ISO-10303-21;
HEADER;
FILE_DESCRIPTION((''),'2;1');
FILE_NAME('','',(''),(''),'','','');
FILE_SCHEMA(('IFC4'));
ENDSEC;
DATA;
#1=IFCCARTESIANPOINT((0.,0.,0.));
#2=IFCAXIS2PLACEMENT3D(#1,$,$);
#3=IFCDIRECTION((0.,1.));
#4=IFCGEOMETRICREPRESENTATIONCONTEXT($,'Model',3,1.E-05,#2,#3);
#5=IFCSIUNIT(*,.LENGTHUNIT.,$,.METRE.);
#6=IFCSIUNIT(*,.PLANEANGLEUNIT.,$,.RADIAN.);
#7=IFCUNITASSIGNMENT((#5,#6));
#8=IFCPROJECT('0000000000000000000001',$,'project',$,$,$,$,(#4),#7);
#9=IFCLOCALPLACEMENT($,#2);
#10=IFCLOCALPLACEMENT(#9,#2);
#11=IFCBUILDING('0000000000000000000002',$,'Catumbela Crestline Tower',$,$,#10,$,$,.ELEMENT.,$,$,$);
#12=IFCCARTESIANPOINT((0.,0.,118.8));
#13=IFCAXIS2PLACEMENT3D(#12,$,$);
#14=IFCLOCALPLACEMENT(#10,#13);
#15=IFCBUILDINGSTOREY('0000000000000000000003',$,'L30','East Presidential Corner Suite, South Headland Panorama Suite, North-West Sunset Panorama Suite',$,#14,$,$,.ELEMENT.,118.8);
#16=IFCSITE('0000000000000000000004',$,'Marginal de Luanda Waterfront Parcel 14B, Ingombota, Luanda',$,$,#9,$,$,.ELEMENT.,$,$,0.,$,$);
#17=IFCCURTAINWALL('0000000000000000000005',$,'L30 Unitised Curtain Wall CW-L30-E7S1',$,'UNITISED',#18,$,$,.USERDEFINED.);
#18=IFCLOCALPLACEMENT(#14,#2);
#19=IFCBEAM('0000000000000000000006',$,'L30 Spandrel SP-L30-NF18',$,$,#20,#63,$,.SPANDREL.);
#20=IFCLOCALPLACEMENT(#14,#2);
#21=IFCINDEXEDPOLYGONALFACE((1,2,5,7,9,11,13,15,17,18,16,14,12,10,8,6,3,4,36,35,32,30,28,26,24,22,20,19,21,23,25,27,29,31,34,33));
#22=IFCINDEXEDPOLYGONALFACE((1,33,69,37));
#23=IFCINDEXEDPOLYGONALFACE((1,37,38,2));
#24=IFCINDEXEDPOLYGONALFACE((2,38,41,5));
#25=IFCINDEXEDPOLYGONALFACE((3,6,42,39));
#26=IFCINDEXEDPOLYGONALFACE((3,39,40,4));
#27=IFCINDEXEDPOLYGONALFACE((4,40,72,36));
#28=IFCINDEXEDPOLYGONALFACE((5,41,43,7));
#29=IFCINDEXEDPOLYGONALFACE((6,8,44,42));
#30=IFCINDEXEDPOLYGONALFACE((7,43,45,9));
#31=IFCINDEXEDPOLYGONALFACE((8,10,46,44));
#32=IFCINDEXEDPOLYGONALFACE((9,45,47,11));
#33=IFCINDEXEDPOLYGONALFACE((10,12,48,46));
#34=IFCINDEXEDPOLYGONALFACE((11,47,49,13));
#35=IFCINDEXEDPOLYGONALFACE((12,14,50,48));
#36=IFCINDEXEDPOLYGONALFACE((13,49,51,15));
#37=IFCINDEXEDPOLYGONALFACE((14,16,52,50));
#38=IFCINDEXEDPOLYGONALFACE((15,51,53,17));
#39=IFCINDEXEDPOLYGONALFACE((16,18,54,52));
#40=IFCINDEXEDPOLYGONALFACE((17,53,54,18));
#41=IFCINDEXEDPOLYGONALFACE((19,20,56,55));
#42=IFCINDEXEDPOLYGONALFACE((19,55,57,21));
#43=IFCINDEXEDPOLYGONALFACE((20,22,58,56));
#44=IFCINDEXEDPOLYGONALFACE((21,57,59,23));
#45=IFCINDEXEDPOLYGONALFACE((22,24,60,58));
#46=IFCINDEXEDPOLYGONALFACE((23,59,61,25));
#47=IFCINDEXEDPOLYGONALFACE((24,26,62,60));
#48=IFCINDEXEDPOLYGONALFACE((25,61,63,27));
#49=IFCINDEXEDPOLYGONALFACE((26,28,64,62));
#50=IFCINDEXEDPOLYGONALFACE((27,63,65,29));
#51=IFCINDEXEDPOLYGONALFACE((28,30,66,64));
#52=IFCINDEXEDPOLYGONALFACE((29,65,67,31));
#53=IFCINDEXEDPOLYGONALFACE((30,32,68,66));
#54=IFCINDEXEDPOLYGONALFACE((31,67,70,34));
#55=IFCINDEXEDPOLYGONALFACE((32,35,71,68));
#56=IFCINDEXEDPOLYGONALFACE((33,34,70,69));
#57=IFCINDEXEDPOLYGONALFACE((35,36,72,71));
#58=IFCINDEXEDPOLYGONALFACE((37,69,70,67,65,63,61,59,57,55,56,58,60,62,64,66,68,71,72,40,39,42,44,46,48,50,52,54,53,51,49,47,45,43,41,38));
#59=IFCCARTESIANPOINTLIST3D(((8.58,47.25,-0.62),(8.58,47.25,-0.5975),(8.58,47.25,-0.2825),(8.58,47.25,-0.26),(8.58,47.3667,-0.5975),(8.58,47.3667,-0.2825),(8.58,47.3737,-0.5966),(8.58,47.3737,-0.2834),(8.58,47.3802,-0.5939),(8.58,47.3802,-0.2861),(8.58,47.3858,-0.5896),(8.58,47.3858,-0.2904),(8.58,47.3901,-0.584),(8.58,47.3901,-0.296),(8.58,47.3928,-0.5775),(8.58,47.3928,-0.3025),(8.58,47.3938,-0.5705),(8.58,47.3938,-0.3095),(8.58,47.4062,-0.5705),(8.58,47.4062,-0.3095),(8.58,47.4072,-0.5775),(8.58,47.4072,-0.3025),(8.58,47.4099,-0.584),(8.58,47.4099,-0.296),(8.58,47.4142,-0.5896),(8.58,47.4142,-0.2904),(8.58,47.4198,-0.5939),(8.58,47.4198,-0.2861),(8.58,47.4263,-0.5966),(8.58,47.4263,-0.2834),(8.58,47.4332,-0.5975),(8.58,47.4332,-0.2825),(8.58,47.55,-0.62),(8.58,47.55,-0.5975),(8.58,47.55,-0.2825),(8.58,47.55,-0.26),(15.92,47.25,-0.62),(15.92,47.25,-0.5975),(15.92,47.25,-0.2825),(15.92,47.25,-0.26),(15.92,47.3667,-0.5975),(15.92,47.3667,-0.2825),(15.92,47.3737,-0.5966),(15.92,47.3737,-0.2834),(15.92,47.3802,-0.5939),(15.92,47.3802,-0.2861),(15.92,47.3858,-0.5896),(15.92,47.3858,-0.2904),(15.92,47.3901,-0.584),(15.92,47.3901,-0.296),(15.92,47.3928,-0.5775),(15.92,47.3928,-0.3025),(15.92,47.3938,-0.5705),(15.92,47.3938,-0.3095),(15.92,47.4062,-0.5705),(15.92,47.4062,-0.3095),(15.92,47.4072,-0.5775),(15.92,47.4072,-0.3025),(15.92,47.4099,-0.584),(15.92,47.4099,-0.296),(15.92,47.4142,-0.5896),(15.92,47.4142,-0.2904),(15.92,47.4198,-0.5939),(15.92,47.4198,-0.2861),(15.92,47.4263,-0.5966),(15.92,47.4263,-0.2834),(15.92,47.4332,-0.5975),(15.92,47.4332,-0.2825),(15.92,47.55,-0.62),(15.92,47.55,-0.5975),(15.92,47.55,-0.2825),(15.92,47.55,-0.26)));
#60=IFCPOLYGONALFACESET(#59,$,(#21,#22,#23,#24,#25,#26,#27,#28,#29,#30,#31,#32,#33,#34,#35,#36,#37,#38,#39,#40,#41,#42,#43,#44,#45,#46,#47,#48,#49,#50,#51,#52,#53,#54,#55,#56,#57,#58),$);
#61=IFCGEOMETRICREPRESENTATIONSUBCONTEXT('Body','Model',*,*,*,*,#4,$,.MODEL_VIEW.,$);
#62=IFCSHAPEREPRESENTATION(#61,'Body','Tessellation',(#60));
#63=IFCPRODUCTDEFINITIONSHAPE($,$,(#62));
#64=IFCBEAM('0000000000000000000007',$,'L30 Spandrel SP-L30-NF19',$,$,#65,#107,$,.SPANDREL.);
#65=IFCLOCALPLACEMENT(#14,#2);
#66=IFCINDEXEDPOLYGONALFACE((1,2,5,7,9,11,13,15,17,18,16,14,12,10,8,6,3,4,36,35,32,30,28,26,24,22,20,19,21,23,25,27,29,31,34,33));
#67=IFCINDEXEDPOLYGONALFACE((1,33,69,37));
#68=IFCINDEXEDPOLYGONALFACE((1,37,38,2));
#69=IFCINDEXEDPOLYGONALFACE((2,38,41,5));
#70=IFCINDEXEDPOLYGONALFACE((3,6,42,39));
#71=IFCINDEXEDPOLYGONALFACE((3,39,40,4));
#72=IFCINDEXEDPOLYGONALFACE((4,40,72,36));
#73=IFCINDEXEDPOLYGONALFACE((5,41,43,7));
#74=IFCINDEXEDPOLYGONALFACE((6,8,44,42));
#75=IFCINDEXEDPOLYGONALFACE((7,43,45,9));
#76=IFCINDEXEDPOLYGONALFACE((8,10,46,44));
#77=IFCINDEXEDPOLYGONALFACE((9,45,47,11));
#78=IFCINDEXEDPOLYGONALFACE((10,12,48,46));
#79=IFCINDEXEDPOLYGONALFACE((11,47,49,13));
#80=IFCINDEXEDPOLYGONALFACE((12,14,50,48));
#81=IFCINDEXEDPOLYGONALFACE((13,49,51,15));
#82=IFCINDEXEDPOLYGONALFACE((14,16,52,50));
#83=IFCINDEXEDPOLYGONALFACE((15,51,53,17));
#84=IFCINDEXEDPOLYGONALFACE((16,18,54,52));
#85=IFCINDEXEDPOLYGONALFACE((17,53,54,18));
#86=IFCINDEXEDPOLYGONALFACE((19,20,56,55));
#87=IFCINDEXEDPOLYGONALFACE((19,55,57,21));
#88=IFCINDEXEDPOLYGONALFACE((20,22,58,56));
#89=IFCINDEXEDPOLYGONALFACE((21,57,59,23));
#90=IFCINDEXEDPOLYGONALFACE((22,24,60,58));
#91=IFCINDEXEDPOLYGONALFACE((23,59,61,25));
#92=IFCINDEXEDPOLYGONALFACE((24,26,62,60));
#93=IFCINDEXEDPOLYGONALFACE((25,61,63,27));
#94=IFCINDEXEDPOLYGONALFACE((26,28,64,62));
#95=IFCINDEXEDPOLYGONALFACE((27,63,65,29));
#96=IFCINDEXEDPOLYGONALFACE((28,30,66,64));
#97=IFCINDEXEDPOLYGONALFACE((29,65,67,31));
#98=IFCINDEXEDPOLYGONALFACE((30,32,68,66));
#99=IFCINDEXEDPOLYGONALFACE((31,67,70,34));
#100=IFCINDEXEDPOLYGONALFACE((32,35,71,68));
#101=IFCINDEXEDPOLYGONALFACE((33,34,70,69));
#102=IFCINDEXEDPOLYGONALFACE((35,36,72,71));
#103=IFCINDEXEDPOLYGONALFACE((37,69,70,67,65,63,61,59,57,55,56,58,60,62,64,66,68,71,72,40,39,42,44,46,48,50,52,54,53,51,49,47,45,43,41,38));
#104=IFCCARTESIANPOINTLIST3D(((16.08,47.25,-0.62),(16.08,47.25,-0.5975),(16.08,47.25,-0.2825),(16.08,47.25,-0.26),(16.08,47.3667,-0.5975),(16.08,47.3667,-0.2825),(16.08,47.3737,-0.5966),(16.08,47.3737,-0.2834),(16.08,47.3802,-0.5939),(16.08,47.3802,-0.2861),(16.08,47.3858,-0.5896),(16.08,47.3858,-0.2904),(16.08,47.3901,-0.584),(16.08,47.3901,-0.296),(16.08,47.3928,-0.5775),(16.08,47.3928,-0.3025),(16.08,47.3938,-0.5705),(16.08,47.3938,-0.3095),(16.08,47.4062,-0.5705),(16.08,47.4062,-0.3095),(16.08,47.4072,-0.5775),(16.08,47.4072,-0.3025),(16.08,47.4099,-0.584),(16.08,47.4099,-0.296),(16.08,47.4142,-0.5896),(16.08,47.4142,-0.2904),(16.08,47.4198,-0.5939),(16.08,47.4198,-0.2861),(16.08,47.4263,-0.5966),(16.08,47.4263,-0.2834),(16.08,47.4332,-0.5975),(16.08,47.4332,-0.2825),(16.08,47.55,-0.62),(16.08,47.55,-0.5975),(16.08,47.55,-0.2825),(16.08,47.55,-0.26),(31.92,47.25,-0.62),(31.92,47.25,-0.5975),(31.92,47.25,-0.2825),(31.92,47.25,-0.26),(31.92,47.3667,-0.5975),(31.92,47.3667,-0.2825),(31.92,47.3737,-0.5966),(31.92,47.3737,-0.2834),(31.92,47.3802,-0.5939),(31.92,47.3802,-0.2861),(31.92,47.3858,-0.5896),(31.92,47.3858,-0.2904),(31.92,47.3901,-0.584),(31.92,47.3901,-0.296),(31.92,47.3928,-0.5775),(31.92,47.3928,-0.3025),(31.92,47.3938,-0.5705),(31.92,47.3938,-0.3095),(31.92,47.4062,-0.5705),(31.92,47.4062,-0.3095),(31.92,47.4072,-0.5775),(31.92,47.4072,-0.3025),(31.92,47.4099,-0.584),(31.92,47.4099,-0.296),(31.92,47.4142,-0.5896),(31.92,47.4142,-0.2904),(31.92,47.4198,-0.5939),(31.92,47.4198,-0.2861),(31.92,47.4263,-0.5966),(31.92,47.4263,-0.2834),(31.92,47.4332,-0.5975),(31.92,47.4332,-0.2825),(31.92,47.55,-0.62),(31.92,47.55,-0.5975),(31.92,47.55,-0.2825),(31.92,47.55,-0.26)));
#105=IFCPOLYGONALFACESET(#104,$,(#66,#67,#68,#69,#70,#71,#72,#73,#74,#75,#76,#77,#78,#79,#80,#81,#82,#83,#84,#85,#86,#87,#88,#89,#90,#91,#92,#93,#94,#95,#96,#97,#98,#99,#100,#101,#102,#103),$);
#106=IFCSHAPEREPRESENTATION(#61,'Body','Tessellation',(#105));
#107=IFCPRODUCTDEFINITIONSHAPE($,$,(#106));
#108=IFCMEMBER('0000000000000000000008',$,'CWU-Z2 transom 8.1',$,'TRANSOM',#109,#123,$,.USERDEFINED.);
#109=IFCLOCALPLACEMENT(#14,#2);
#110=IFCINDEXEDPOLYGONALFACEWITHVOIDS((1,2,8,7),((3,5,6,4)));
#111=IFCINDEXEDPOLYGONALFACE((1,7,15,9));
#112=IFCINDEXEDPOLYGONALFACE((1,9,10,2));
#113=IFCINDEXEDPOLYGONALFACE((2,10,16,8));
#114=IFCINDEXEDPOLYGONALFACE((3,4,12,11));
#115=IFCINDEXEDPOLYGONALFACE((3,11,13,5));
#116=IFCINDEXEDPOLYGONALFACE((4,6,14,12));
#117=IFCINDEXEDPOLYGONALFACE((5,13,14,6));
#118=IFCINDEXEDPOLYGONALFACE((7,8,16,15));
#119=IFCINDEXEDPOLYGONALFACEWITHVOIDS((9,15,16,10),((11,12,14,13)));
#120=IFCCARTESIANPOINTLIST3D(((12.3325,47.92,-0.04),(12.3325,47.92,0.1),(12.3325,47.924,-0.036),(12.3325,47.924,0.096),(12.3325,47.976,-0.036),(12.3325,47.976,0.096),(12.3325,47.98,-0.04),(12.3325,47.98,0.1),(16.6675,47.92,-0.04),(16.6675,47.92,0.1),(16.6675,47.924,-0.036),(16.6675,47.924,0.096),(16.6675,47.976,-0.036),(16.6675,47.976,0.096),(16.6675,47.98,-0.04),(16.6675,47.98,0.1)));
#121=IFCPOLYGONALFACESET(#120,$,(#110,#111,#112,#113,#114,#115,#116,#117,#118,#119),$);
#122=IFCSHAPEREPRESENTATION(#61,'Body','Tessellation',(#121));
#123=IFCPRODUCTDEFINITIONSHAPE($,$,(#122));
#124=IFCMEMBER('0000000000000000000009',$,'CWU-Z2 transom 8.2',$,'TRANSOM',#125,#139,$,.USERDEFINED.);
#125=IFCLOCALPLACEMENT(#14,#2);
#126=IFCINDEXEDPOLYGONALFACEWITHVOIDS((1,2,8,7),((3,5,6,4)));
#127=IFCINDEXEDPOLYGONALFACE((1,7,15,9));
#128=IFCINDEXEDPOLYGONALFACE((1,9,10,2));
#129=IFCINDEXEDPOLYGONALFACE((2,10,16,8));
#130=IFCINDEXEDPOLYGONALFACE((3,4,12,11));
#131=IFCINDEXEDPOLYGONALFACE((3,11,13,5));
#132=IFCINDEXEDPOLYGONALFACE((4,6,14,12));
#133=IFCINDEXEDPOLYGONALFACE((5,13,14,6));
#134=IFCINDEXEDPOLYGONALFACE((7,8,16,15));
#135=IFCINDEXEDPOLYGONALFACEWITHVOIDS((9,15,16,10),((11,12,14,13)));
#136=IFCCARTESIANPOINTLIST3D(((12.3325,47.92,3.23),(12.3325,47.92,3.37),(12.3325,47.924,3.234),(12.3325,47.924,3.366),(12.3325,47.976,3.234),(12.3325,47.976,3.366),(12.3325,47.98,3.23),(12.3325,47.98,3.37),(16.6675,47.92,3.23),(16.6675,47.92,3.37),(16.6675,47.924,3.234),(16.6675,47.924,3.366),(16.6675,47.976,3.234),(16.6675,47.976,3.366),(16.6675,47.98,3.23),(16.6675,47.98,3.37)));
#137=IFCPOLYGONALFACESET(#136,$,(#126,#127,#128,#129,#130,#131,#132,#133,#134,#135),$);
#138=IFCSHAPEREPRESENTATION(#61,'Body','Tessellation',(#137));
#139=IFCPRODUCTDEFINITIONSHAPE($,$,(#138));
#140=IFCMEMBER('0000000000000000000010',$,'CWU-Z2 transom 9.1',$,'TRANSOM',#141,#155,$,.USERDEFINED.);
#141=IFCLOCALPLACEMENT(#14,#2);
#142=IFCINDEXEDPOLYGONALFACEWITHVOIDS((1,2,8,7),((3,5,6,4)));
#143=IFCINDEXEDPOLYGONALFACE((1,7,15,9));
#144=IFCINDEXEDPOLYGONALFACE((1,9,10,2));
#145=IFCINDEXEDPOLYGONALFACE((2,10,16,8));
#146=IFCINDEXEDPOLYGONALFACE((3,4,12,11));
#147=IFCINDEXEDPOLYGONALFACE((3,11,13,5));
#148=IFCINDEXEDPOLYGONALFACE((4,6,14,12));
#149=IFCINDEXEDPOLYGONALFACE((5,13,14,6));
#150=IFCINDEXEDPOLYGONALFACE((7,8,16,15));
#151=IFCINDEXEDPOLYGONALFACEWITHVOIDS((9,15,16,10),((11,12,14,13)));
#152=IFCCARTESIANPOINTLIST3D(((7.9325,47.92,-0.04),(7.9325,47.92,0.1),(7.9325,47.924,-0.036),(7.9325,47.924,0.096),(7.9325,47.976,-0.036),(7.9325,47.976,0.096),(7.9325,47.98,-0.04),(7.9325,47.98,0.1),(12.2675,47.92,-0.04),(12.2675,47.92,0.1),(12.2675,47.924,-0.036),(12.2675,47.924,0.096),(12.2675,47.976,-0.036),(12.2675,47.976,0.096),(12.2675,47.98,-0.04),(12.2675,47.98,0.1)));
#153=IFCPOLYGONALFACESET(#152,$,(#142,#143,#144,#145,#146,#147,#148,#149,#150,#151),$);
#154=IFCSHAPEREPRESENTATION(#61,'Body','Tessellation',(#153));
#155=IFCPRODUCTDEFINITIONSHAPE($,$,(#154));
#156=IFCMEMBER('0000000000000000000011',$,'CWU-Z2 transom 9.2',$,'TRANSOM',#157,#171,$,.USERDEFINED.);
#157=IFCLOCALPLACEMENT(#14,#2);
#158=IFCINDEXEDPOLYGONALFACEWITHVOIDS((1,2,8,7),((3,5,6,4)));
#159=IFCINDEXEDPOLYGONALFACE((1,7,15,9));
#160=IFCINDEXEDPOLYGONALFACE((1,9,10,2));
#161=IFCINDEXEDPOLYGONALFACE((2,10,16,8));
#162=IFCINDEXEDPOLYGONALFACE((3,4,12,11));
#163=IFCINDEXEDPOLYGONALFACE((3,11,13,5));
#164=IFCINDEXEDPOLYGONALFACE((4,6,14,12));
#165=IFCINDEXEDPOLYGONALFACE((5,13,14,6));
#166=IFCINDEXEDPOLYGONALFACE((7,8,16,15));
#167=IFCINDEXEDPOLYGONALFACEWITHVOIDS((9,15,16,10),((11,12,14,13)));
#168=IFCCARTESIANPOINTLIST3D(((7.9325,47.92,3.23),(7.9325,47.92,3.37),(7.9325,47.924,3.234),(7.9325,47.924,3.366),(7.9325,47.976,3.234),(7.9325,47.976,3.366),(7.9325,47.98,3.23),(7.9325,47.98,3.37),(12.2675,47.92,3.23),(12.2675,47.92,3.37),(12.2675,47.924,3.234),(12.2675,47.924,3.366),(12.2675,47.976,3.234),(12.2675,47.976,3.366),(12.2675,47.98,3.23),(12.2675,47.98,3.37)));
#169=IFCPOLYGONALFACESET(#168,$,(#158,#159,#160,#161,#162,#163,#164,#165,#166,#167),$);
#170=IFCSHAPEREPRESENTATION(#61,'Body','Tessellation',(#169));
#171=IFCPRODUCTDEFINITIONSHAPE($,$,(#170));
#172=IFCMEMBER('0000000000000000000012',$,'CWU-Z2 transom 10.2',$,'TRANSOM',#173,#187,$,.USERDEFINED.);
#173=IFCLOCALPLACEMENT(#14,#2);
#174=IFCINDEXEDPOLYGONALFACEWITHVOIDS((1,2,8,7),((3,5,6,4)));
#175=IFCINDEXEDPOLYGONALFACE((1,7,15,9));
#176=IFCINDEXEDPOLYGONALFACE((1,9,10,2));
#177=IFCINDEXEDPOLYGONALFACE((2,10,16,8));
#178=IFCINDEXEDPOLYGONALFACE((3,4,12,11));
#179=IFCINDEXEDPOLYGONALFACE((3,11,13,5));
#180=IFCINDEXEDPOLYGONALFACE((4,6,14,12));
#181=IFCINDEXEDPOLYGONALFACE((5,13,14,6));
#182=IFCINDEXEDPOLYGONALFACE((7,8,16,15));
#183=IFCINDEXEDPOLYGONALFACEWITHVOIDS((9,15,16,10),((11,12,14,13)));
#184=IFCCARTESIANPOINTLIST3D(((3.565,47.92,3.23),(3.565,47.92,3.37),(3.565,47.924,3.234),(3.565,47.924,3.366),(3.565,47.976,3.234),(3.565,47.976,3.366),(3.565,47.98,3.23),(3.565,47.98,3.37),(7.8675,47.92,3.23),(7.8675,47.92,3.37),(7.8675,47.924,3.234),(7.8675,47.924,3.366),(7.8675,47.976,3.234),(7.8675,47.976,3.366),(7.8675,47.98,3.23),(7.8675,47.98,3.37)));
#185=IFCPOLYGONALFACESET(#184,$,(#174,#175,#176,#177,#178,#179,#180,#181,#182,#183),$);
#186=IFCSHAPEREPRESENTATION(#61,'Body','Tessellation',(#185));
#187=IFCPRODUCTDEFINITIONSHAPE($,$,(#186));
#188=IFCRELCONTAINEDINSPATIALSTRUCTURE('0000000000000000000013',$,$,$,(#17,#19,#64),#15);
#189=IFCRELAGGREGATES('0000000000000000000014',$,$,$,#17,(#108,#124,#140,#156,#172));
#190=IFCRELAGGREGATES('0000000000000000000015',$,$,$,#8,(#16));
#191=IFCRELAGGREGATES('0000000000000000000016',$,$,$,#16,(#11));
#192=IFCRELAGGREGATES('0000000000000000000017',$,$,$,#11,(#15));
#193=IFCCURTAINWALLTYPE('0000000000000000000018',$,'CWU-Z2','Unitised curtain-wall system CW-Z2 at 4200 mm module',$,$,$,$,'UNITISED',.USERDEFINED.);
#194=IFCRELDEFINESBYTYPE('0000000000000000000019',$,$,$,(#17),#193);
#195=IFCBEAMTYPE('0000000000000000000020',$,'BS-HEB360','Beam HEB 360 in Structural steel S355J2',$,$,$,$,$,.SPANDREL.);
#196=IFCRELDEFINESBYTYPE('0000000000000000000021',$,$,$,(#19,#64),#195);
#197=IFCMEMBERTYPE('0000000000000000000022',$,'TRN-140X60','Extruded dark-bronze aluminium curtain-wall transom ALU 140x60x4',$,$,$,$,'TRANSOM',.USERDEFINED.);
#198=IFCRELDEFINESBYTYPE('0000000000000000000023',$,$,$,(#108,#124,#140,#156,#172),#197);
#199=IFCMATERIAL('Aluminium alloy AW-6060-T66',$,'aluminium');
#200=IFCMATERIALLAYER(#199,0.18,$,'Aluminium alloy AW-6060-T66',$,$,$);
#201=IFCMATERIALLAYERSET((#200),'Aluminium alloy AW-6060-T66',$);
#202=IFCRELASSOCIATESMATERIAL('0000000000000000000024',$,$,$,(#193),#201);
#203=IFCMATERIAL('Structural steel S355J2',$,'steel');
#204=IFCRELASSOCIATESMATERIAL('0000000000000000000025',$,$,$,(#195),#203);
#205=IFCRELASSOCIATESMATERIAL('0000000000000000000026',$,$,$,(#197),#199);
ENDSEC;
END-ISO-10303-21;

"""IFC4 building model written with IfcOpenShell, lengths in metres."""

from ifc_helpers import new_model, si_unit, direction, frame, origin, origin_2d, place, context, subcontext, project, spatial, hollow_rectangle, i_section, extrude, material, layer, layer_set, material_profile, profile_set, type_object, element, aggregate, save


model = new_model("IFC4")

# Units and contexts
model_context = context("Model", 3, precision=1e-05, world=origin(), true_north=direction((0.0, 1.0)))
body_context = subcontext(model_context, "Body", "Model", "MODEL_VIEW")
ifc_project = project(units=[si_unit("LENGTHUNIT", "METRE"), si_unit("PLANEANGLEUNIT", "RADIAN")], contexts=[model_context])

# Site, building, storey
site_placement = place(None, origin())
site = spatial("IfcSite", under=ifc_project, at=site_placement, Name="Marginal de Luanda Waterfront Parcel 14B, Ingombota, Luanda", CompositionType="ELEMENT", RefElevation=0.0)
building_placement = place(site_placement, origin())
building = spatial("IfcBuilding", under=site, at=building_placement, Name="Catumbela Crestline Tower", CompositionType="ELEMENT")
storey_placement = place(building_placement, frame((0.0, 0.0, 118.8)))
storey = spatial("IfcBuildingStorey", under=building, at=storey_placement, Name="L30", Description="East Presidential Corner Suite, South Headland Panorama Suite, North-West Sunset Panorama Suite", CompositionType="ELEMENT", Elevation=118.8)

# Curtain wall
ifc_material_1 = material(Name="Aluminium alloy AW-6060-T66", Category="aluminium")
ifc_layer_1 = layer(ifc_material_1, 0.18, Name="Aluminium alloy AW-6060-T66")
ifc_layer_set_1 = layer_set([ifc_layer_1], Name="Aluminium alloy AW-6060-T66")
curtain_wall_type = type_object("IfcCurtainWallType", Name="CWU-Z2", Description="Unitised curtain-wall system CW-Z2 at 4200 mm module", ElementType="UNITISED", PredefinedType="USERDEFINED", material=ifc_layer_set_1)
curtain_wall_placement = place(storey_placement, origin())
curtain_wall = element("IfcCurtainWall", 1, at=curtain_wall_placement, inside=storey, type_object=curtain_wall_type, Name="L30 Unitised Curtain Wall CW-L30-E7S1", ObjectType="UNITISED", PredefinedType="USERDEFINED")

# Beams
ifc_material_2 = material(Name="Structural steel S355J2", Category="steel")
ifc_material_profile_1 = material_profile(ifc_material_2, i_section(OverallWidth=0.3, OverallDepth=0.36, WebThickness=0.0125, FlangeThickness=0.0225, FilletRadius=0.027, at=origin_2d()), Name="HEB 360")
ifc_profile_set_1 = profile_set([ifc_material_profile_1], Name="Structural steel S355J2")
beam_type = type_object("IfcBeamType", Name="BS-HEB360", Description="Beam HEB 360 in Structural steel S355J2", PredefinedType="SPANDREL", material=ifc_profile_set_1)
beam_1_placement = place(storey_placement, frame((8.58, 47.4, -0.44), z_axis=(1.0, 0.0, 0.0), x_axis=(0.0, 1.0, 0.0)))
element("IfcBeam", 2, at=beam_1_placement, inside=storey, type_object=beam_type, Name="L30 Spandrel SP-L30-NF18", PredefinedType="SPANDREL", context=body_context, shape_type="SweptSolid", body=[
    extrude(i_section(OverallWidth=0.3, OverallDepth=0.36, WebThickness=0.0125, FlangeThickness=0.0225, FilletRadius=0.027, at=origin_2d()), origin(), (0.0, 0.0, 1.0), 7.34),
])
beam_2_placement = place(storey_placement, frame((16.08, 47.4, -0.44), z_axis=(1.0, 0.0, 0.0), x_axis=(0.0, 1.0, 0.0)))
element("IfcBeam", 3, at=beam_2_placement, inside=storey, type_object=beam_type, Name="L30 Spandrel SP-L30-NF19", PredefinedType="SPANDREL", context=body_context, shape_type="SweptSolid", body=[
    extrude(i_section(OverallWidth=0.3, OverallDepth=0.36, WebThickness=0.0125, FlangeThickness=0.0225, FilletRadius=0.027, at=origin_2d()), origin(), (0.0, 0.0, 1.0), 15.84),
])

# Members
ifc_material_profile_2 = material_profile(ifc_material_1, hollow_rectangle(XDim=0.06, YDim=0.14, WallThickness=0.004, at=origin_2d()), Name="ALU 140x60x4")
ifc_profile_set_2 = profile_set([ifc_material_profile_2], Name="Aluminium alloy AW-6060-T66")
member_type_1 = type_object("IfcMemberType", Name="TRN-140X60", Description="Extruded dark-bronze aluminium curtain-wall transom ALU 140x60x4", ElementType="TRANSOM", PredefinedType="USERDEFINED", material=ifc_profile_set_2)
member_1_placement = place(storey_placement, frame((16.6675, 47.95, 0.03), z_axis=(-1.0, 0.0, 0.0), x_axis=(0.0, -1.0, 0.0)))
member_1 = element("IfcMember", 4, at=member_1_placement, type_object=member_type_1, Name="CWU-Z2 transom 8.1", ObjectType="TRANSOM", PredefinedType="USERDEFINED", context=body_context, shape_type="SweptSolid", body=[
    extrude(hollow_rectangle(XDim=0.06, YDim=0.14, WallThickness=0.004, at=origin_2d()), origin(), (0.0, 0.0, 1.0), 4.335),
])
member_2_placement = place(storey_placement, frame((16.6675, 47.95, 3.3), z_axis=(-1.0, 0.0, 0.0), x_axis=(0.0, -1.0, 0.0)))
member_2 = element("IfcMember", 5, at=member_2_placement, type_object=member_type_1, Name="CWU-Z2 transom 8.2", ObjectType="TRANSOM", PredefinedType="USERDEFINED", context=body_context, shape_type="SweptSolid", body=[
    extrude(hollow_rectangle(XDim=0.06, YDim=0.14, WallThickness=0.004, at=origin_2d()), origin(), (0.0, 0.0, 1.0), 4.335),
])
member_3_placement = place(storey_placement, frame((12.2675, 47.95, 0.03), z_axis=(-1.0, 0.0, 0.0), x_axis=(0.0, -1.0, 0.0)))
member_3 = element("IfcMember", 6, at=member_3_placement, type_object=member_type_1, Name="CWU-Z2 transom 9.1", ObjectType="TRANSOM", PredefinedType="USERDEFINED", context=body_context, shape_type="SweptSolid", body=[
    extrude(hollow_rectangle(XDim=0.06, YDim=0.14, WallThickness=0.004, at=origin_2d()), origin(), (0.0, 0.0, 1.0), 4.335),
])
member_4_placement = place(storey_placement, frame((12.2675, 47.95, 3.3), z_axis=(-1.0, 0.0, 0.0), x_axis=(0.0, -1.0, 0.0)))
member_4 = element("IfcMember", 7, at=member_4_placement, type_object=member_type_1, Name="CWU-Z2 transom 9.2", ObjectType="TRANSOM", PredefinedType="USERDEFINED", context=body_context, shape_type="SweptSolid", body=[
    extrude(hollow_rectangle(XDim=0.06, YDim=0.14, WallThickness=0.004, at=origin_2d()), origin(), (0.0, 0.0, 1.0), 4.335),
])
member_5_placement = place(storey_placement, frame((7.8675, 47.95, 3.3), z_axis=(-1.0, 0.0, 0.0), x_axis=(0.0, -1.0, 0.0)))
member_5 = element("IfcMember", 8, at=member_5_placement, type_object=member_type_1, Name="CWU-Z2 transom 10.2", ObjectType="TRANSOM", PredefinedType="USERDEFINED", context=body_context, shape_type="SweptSolid", body=[
    extrude(hollow_rectangle(XDim=0.06, YDim=0.14, WallThickness=0.004, at=origin_2d()), origin(), (0.0, 0.0, 1.0), 4.3025),
])

aggregate(curtain_wall, [member_1, member_2, member_3, member_4, member_5])

save(model, "model.ifc")
